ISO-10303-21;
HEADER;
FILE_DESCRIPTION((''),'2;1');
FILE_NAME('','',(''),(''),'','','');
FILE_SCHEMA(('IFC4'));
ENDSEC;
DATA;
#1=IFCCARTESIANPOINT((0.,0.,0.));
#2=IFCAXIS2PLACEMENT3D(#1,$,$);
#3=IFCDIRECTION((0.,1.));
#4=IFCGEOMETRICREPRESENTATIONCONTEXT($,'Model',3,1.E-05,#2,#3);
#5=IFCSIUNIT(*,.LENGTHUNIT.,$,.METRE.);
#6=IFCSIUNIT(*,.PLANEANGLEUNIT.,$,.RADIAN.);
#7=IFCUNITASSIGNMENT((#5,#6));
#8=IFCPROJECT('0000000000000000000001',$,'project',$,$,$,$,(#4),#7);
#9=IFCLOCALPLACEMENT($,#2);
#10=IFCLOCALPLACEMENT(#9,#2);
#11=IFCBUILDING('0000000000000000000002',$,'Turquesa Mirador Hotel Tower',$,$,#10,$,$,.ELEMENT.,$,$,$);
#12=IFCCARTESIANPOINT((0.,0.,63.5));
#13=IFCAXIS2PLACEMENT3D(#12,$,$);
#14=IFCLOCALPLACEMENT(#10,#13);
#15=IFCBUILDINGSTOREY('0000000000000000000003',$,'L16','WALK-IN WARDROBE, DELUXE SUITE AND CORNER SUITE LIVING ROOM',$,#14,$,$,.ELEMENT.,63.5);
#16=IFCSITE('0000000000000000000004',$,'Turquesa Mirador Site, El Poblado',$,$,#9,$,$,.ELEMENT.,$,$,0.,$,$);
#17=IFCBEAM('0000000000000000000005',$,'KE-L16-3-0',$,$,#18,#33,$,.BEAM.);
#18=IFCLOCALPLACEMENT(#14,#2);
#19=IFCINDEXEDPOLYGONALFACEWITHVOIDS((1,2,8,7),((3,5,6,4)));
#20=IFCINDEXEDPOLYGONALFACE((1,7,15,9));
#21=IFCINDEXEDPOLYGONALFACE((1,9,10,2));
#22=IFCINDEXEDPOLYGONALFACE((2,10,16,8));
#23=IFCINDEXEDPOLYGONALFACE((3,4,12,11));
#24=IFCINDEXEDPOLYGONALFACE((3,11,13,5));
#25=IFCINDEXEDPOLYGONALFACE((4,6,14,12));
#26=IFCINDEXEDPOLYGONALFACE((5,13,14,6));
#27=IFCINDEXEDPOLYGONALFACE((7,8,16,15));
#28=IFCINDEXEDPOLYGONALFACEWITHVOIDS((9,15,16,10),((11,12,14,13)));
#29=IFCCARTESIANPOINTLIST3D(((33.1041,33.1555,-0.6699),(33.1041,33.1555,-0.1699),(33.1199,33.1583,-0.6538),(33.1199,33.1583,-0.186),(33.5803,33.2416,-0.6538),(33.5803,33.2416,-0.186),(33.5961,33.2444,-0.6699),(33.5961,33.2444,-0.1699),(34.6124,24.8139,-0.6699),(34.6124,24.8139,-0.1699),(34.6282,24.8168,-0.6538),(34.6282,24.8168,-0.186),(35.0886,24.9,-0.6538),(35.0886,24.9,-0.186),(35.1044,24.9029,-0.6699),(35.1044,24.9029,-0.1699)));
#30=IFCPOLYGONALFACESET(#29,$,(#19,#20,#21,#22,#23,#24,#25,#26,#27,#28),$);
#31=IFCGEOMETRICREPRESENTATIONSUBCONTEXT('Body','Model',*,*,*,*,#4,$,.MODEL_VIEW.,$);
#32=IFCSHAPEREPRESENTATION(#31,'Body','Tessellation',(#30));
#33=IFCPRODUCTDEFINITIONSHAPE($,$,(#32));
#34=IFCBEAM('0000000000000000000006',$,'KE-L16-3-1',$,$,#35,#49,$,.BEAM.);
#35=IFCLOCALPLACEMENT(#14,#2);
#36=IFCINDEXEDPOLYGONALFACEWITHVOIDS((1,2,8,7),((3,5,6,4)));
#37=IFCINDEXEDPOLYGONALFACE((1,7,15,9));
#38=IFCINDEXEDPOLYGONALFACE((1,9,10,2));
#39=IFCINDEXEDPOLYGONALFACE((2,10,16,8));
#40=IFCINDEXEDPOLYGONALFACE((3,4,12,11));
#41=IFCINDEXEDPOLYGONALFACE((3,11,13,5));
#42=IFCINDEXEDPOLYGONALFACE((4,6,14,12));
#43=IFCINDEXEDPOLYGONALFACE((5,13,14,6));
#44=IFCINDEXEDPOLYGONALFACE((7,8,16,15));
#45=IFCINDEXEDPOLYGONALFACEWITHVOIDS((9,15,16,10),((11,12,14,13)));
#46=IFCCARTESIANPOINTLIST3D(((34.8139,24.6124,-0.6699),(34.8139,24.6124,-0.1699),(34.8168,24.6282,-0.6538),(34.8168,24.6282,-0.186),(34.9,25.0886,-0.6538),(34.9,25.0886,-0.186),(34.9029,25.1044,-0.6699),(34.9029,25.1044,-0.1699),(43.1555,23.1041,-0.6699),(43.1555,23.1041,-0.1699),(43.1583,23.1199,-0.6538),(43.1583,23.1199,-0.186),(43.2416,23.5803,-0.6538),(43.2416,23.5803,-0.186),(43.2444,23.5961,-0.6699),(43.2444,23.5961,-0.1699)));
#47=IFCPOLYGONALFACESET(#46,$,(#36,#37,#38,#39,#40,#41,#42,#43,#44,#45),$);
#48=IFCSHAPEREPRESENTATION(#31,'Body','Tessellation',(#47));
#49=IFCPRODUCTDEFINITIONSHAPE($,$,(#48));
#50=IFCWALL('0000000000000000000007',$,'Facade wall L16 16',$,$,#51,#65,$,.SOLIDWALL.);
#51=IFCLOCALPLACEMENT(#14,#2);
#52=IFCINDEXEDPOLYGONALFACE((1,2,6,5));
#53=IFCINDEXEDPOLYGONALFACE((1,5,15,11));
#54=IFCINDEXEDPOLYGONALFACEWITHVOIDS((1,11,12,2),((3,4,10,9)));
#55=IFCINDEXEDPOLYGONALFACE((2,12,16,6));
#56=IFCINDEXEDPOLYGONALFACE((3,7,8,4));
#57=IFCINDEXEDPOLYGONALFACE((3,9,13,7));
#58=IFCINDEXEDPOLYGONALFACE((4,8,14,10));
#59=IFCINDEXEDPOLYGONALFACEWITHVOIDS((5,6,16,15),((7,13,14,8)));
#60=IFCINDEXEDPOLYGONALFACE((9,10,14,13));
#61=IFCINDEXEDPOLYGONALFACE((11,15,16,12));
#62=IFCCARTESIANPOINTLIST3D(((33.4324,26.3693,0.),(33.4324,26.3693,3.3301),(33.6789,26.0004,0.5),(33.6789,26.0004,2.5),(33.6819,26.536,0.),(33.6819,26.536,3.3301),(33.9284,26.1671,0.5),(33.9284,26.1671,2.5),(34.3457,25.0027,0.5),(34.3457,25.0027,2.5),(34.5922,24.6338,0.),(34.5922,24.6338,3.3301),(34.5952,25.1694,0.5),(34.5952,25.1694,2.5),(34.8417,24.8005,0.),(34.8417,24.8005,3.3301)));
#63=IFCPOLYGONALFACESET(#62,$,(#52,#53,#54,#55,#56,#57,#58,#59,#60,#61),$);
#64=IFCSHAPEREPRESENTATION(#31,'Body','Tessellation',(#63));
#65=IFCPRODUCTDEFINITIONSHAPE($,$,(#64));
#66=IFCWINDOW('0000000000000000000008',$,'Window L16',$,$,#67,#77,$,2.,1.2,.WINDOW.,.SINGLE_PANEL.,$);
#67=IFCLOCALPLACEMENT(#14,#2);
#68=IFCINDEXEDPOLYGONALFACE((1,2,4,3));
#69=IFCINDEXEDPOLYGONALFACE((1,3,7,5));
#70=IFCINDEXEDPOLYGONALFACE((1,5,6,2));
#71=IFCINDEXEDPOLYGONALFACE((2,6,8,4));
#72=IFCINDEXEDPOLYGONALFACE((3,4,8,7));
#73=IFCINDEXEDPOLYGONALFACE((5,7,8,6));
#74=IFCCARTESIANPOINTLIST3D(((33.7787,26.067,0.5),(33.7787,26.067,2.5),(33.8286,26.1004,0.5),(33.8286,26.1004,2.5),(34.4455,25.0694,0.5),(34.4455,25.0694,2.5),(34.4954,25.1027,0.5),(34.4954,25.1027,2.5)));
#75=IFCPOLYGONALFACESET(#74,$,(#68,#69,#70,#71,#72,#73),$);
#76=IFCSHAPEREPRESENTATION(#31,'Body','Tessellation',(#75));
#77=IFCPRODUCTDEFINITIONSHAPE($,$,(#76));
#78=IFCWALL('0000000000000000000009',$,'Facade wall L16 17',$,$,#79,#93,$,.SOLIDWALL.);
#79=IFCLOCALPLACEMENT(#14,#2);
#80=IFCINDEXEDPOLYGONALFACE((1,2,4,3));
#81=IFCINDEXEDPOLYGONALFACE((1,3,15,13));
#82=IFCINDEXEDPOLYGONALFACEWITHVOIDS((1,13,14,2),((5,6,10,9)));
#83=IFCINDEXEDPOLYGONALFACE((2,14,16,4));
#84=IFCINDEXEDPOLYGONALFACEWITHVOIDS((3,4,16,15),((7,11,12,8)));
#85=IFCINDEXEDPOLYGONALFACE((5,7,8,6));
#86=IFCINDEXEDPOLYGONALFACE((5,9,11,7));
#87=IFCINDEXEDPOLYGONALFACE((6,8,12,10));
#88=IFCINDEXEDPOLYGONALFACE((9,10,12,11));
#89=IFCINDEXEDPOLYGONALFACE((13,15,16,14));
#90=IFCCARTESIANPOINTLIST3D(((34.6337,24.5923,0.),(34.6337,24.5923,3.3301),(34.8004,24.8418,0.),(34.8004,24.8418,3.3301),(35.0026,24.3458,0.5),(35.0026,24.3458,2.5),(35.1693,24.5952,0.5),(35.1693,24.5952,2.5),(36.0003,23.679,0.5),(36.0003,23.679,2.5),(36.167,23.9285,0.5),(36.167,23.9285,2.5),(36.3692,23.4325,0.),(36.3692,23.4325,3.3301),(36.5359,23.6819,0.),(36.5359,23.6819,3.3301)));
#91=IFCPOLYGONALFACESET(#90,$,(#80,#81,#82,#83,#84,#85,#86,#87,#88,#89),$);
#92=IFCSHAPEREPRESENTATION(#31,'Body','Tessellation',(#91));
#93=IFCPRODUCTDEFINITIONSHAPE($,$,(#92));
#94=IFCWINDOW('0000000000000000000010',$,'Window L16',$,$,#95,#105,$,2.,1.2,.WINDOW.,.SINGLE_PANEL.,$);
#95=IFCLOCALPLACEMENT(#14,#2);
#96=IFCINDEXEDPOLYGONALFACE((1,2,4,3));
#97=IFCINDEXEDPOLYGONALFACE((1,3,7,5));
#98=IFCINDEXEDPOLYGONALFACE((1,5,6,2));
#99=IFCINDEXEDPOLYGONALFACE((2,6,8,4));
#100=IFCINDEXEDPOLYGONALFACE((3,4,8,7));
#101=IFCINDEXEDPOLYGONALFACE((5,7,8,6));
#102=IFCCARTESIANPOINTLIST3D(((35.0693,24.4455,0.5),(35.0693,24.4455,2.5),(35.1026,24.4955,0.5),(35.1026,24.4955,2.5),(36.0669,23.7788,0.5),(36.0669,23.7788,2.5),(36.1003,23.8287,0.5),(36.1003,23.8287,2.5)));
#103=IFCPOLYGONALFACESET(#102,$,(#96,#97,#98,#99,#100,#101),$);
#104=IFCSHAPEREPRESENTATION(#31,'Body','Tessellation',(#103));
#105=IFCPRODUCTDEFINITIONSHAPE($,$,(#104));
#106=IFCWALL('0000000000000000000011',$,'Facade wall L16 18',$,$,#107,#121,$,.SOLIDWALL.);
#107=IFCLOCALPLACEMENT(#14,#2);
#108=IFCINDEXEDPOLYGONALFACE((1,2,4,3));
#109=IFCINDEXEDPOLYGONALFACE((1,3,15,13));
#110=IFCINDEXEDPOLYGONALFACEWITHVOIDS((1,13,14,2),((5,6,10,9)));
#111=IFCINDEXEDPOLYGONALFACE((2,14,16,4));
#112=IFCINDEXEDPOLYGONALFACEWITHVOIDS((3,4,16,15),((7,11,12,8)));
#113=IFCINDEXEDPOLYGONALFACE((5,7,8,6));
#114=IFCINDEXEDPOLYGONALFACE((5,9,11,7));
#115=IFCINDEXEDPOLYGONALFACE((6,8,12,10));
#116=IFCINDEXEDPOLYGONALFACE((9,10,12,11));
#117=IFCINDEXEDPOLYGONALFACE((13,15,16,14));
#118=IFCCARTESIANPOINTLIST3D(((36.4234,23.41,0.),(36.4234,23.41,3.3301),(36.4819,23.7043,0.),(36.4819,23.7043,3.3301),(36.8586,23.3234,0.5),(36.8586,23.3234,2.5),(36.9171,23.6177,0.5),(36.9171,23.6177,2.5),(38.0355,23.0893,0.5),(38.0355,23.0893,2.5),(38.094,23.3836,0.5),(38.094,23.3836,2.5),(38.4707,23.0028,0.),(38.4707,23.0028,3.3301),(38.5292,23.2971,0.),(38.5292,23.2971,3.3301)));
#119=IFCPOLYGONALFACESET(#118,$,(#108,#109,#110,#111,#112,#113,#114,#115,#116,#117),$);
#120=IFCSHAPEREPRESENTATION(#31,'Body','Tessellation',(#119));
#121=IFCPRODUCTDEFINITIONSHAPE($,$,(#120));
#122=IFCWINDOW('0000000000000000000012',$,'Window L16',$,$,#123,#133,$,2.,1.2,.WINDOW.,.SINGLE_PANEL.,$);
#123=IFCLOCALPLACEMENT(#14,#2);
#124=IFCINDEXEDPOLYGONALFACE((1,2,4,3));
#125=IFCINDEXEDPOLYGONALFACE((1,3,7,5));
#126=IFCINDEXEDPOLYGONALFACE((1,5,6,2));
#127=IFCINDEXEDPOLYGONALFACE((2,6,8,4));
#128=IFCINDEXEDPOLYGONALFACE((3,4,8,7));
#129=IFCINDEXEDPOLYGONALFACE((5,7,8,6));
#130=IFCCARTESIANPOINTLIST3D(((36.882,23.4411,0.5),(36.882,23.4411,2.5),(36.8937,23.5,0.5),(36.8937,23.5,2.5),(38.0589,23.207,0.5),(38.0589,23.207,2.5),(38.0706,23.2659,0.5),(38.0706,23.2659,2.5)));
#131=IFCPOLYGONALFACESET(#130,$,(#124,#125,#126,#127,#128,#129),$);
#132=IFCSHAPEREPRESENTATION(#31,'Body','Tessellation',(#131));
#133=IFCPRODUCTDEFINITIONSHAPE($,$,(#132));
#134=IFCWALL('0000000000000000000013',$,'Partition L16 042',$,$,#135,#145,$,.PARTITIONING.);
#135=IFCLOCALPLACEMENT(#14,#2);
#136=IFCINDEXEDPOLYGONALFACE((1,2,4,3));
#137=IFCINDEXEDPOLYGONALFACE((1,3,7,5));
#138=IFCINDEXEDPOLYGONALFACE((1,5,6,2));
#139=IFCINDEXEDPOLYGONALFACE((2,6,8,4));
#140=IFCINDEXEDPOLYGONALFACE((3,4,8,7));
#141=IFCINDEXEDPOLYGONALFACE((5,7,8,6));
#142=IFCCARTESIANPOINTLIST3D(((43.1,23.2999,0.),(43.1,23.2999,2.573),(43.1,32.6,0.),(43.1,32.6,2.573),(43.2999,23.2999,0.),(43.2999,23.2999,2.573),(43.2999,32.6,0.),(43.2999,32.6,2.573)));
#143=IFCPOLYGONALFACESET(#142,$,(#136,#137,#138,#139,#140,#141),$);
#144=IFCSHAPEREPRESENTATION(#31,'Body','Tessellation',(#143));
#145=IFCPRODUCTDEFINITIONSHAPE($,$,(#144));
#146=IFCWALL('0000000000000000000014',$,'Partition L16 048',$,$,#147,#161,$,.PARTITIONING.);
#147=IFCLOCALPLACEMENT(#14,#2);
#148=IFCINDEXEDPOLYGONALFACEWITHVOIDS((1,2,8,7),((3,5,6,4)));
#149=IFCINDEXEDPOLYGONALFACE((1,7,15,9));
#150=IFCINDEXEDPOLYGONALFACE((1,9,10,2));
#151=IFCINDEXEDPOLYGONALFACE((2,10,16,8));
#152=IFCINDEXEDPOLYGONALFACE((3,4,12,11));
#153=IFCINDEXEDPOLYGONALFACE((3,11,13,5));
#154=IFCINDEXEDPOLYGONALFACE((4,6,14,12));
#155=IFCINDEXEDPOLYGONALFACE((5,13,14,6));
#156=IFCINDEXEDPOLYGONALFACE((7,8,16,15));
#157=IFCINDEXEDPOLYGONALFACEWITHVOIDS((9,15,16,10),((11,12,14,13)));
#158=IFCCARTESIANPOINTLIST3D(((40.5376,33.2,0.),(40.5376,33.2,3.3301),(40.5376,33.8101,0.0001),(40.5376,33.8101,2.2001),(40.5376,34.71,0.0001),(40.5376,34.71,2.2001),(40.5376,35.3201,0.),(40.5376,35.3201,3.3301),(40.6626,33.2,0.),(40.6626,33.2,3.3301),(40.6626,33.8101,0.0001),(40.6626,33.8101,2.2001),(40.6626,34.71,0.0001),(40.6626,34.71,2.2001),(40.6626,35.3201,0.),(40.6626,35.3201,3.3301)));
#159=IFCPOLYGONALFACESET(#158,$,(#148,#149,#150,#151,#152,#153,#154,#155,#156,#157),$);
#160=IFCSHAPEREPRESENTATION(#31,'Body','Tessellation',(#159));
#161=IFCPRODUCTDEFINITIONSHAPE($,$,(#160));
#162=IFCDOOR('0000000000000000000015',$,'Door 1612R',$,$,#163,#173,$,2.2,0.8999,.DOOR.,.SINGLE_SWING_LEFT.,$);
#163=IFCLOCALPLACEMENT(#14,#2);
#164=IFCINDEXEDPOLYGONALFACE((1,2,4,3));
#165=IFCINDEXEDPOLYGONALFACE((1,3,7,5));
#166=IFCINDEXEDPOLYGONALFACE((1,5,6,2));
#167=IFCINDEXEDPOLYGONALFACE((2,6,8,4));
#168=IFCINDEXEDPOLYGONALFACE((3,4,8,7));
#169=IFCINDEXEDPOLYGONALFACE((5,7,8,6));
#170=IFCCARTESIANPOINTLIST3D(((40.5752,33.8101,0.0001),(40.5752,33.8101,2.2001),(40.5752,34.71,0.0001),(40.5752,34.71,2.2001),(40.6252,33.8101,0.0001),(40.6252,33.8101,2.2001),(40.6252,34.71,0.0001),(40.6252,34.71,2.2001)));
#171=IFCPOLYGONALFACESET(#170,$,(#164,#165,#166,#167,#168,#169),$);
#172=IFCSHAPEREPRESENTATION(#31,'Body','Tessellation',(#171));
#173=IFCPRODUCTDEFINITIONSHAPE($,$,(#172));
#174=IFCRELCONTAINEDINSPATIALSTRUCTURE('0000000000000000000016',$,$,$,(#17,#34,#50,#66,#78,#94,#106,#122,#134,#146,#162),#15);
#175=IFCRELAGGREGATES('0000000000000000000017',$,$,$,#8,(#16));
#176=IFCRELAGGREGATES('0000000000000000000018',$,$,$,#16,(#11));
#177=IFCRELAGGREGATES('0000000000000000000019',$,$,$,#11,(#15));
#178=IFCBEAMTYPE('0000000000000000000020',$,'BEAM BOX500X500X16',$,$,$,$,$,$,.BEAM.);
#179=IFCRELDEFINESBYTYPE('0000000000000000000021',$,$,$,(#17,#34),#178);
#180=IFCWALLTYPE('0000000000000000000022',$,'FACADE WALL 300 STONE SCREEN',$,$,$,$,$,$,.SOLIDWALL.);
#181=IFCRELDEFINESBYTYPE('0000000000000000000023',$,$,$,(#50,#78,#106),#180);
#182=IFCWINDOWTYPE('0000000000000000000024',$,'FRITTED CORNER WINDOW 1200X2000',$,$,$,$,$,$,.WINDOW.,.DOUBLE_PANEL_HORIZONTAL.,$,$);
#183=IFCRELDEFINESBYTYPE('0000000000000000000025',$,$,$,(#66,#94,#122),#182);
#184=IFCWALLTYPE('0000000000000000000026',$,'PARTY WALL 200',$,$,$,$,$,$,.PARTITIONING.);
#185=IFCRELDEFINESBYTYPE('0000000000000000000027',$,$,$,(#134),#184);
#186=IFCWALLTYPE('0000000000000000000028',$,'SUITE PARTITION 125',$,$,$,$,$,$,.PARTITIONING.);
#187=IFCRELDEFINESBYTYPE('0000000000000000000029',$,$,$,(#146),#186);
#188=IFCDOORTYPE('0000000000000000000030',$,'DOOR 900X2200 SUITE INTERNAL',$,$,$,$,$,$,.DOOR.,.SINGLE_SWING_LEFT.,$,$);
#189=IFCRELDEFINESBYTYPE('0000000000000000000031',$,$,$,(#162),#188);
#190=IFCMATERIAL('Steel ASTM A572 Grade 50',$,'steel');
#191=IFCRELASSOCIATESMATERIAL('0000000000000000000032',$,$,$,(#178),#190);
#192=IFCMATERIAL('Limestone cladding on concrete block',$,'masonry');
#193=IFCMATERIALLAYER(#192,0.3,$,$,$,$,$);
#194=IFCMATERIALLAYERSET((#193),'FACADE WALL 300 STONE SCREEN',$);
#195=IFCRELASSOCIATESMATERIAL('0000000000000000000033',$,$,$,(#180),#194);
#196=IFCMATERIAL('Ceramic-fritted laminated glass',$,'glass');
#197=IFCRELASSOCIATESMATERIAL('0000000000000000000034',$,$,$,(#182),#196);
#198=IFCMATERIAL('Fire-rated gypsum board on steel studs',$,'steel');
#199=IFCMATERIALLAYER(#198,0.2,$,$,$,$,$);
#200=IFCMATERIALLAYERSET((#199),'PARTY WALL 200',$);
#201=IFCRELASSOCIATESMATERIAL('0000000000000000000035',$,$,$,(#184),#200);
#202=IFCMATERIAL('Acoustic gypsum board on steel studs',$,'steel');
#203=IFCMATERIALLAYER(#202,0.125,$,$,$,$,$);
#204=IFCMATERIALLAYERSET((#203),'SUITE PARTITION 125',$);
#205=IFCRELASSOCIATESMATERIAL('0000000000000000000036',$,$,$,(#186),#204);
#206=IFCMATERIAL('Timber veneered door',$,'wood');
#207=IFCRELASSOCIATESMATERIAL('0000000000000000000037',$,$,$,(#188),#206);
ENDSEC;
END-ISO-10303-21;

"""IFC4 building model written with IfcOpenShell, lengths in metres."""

from ifc_helpers import new_model, si_unit, direction, frame, frame_2d, origin, origin_2d, place, context, subcontext, project, spatial, rectangle, hollow_rectangle, extrude, material, layer, layer_set, material_profile, profile_set, type_object, element, fill, save


model = new_model("IFC4")

# Units and contexts
model_context = context("Model", 3, precision=1e-05, world=origin(), true_north=direction((0.0, 1.0)))
body_context = subcontext(model_context, "Body", "Model", "MODEL_VIEW")
ifc_project = project(units=[si_unit("LENGTHUNIT", "METRE"), si_unit("PLANEANGLEUNIT", "RADIAN")], contexts=[model_context])

# Site, building, storey
site_placement = place(None, origin())
site = spatial("IfcSite", under=ifc_project, at=site_placement, Name="Turquesa Mirador Site, El Poblado", CompositionType="ELEMENT", RefElevation=0.0)
building_placement = place(site_placement, origin())
building = spatial("IfcBuilding", under=site, at=building_placement, Name="Turquesa Mirador Hotel Tower", CompositionType="ELEMENT")
storey_placement = place(building_placement, frame((0.0, 0.0, 63.5)))
storey = spatial("IfcBuildingStorey", under=building, at=storey_placement, Name="L16", Description="WALK-IN WARDROBE, DELUXE SUITE AND CORNER SUITE LIVING ROOM", CompositionType="ELEMENT", Elevation=63.5)

# Beams
ifc_material_1 = material(Name="Steel ASTM A572 Grade 50", Category="steel")
ifc_material_profile = material_profile(ifc_material_1, hollow_rectangle(XDim=0.5, YDim=0.5, WallThickness=0.0161, at=origin_2d()), Name="BOX500X500X16")
ifc_profile_set = profile_set([ifc_material_profile], Name="Steel ASTM A572 Grade 50")
beam_type = type_object("IfcBeamType", Name="BEAM BOX500X500X16", PredefinedType="BEAM", material=ifc_profile_set)
for number, where, z_axis, x_axis, name in (
    (1, (33.3501, 33.2, -0.4199), (0.177932, -0.984043, 0.0), (0.984043, 0.177932, 0.0), "KE-L16-3-0"),
    (2, (34.8584, 24.8584, -0.4199), (0.984043, -0.177932, 0.0), (0.177932, 0.984043, 0.0), "KE-L16-3-1"),
):
    element("IfcBeam", number, at=place(storey_placement, frame(where, z_axis=z_axis, x_axis=x_axis)), inside=storey, type_object=beam_type, Name=name, PredefinedType="BEAM", context=body_context, shape_type="SweptSolid", body=[
        extrude(hollow_rectangle(XDim=0.5, YDim=0.5, WallThickness=0.0161, at=origin_2d()), origin(), (0.0, 0.0, 1.0), 8.4768),
    ])

# Walls, openings, windows
ifc_material_2 = material(Name="Limestone cladding on concrete block", Category="masonry")
ifc_layer_1 = layer(ifc_material_2, 0.3)
ifc_layer_set_1 = layer_set([ifc_layer_1], Name="FACADE WALL 300 STONE SCREEN")
wall_type_1 = type_object("IfcWallType", Name="FACADE WALL 300 STONE SCREEN", PredefinedType="SOLIDWALL", material=ifc_layer_set_1)
wall_1_placement = place(storey_placement, frame((33.5571, 26.4526, 0.0), z_axis=(0.0, 0.0, 1.0), x_axis=(0.555644, -0.83142, 0.0)))
wall_1 = element("IfcWall", 3, at=wall_1_placement, inside=storey, type_object=wall_type_1, Name="Facade wall L16 16", PredefinedType="SOLIDWALL", context=body_context, shape_type="SweptSolid", body=[
    extrude(rectangle(XDim=2.0874, YDim=0.3, at=frame_2d((1.0437, 0.0))), origin(), (0.0, 0.0, 1.0), 3.3301),
])
opening_1_placement = place(wall_1_placement, frame((0.4436, 0.0, 0.5)))
opening_1 = element("IfcOpeningElement", 4, at=opening_1_placement, cuts=wall_1, PredefinedType="OPENING", context=body_context, shape_type="SweptSolid", body=[
    extrude(rectangle(XDim=1.2, YDim=2.0, at=frame_2d((0.6001, 1.0))), frame((0.0, 0.1599, 0.0), z_axis=(0.0, -1.0, 0.0), x_axis=(1.0, 0.0, 0.0)), (0.0, 0.0, 1.0), 0.3201),
])
ifc_material_3 = material(Name="Ceramic-fritted laminated glass", Category="glass")
window_type_1 = type_object("IfcWindowType", Name="FRITTED CORNER WINDOW 1200X2000", PartitioningType="DOUBLE_PANEL_HORIZONTAL", PredefinedType="WINDOW", material=ifc_material_3)
window_1_placement = place(opening_1_placement, origin())
window_1 = element("IfcWindow", 5, at=window_1_placement, inside=storey, type_object=window_type_1, Name="Window L16", OverallHeight=2.0, OverallWidth=1.2, PartitioningType="SINGLE_PANEL", PredefinedType="WINDOW", context=body_context, shape_type="SweptSolid", body=[
    extrude(rectangle(XDim=1.2, YDim=2.0, at=frame_2d((0.6001, 1.0))), frame((0.0, 0.03, 0.0), z_axis=(0.0, -1.0, 0.0), x_axis=(1.0, 0.0, 0.0)), (0.0, 0.0, 1.0), 0.0601),
])
fill(opening_1, window_1)
wall_2_placement = place(storey_placement, frame((34.717, 24.717, 0.0), z_axis=(0.0, 0.0, 1.0), x_axis=(0.83142, -0.555644, 0.0)))
wall_2 = element("IfcWall", 6, at=wall_2_placement, inside=storey, type_object=wall_type_1, Name="Facade wall L16 17", PredefinedType="SOLIDWALL", context=body_context, shape_type="SweptSolid", body=[
    extrude(rectangle(XDim=2.0874, YDim=0.3, at=frame_2d((1.0437, 0.0))), origin(), (0.0, 0.0, 1.0), 3.3301),
])
opening_2_placement = place(wall_2_placement, frame((0.4436, 0.0, 0.5)))
opening_2 = element("IfcOpeningElement", 7, at=opening_2_placement, cuts=wall_2, PredefinedType="OPENING", context=body_context, shape_type="SweptSolid", body=[
    extrude(rectangle(XDim=1.2, YDim=2.0, at=frame_2d((0.6001, 1.0))), frame((0.0, 0.1599, 0.0), z_axis=(0.0, -1.0, 0.0), x_axis=(1.0, 0.0, 0.0)), (0.0, 0.0, 1.0), 0.3201),
])
window_2_placement = place(opening_2_placement, origin())
window_2 = element("IfcWindow", 8, at=window_2_placement, inside=storey, type_object=window_type_1, Name="Window L16", OverallHeight=2.0, OverallWidth=1.2, PartitioningType="SINGLE_PANEL", PredefinedType="WINDOW", context=body_context, shape_type="SweptSolid", body=[
    extrude(rectangle(XDim=1.2, YDim=2.0, at=frame_2d((0.6001, 1.0))), frame((0.0, 0.03, 0.0), z_axis=(0.0, -1.0, 0.0), x_axis=(1.0, 0.0, 0.0)), (0.0, 0.0, 1.0), 0.0601),
])
fill(opening_2, window_2)
wall_3_placement = place(storey_placement, frame((36.4526, 23.5571, 0.0), z_axis=(0.0, 0.0, 1.0), x_axis=(0.980787, -0.195081, 0.0)))
wall_3 = element("IfcWall", 9, at=wall_3_placement, inside=storey, type_object=wall_type_1, Name="Facade wall L16 18", PredefinedType="SOLIDWALL", context=body_context, shape_type="SweptSolid", body=[
    extrude(rectangle(XDim=2.0874, YDim=0.3, at=frame_2d((1.0437, 0.0))), origin(), (0.0, 0.0, 1.0), 3.3301),
])
opening_3_placement = place(wall_3_placement, frame((0.4436, 0.0, 0.5)))
opening_3 = element("IfcOpeningElement", 10, at=opening_3_placement, cuts=wall_3, PredefinedType="OPENING", context=body_context, shape_type="SweptSolid", body=[
    extrude(rectangle(XDim=1.2, YDim=2.0, at=frame_2d((0.6001, 1.0))), frame((0.0, 0.1599, 0.0), z_axis=(0.0, -1.0, 0.0), x_axis=(1.0, 0.0, 0.0)), (0.0, 0.0, 1.0), 0.3201),
])
window_3_placement = place(opening_3_placement, origin())
window_3 = element("IfcWindow", 11, at=window_3_placement, inside=storey, type_object=window_type_1, Name="Window L16", OverallHeight=2.0, OverallWidth=1.2, PartitioningType="SINGLE_PANEL", PredefinedType="WINDOW", context=body_context, shape_type="SweptSolid", body=[
    extrude(rectangle(XDim=1.2, YDim=2.0, at=frame_2d((0.6001, 1.0))), frame((0.0, 0.03, 0.0), z_axis=(0.0, -1.0, 0.0), x_axis=(1.0, 0.0, 0.0)), (0.0, 0.0, 1.0), 0.0601),
])
fill(opening_3, window_3)

# Wall
ifc_material_4 = material(Name="Fire-rated gypsum board on steel studs", Category="steel")
ifc_layer_2 = layer(ifc_material_4, 0.2)
ifc_layer_set_2 = layer_set([ifc_layer_2], Name="PARTY WALL 200")
wall_type_2 = type_object("IfcWallType", Name="PARTY WALL 200", PredefinedType="PARTITIONING", material=ifc_layer_set_2)
wall_4_placement = place(storey_placement, frame((43.2, 23.3, 0.0), z_axis=(0.0, 0.0, 1.0), x_axis=(0.0, 1.0, 0.0)))
element("IfcWall", 12, at=wall_4_placement, inside=storey, type_object=wall_type_2, Name="Partition L16 042", PredefinedType="PARTITIONING", context=body_context, shape_type="SweptSolid", body=[
    extrude(rectangle(XDim=9.3, YDim=0.2, at=frame_2d((4.6499, 0.0))), origin(), (0.0, 0.0, 1.0), 2.573),
])

# Wall, opening, door
ifc_material_5 = material(Name="Acoustic gypsum board on steel studs", Category="steel")
ifc_layer_3 = layer(ifc_material_5, 0.125)
ifc_layer_set_3 = layer_set([ifc_layer_3], Name="SUITE PARTITION 125")
wall_type_3 = type_object("IfcWallType", Name="SUITE PARTITION 125", PredefinedType="PARTITIONING", material=ifc_layer_set_3)
wall_5_placement = place(storey_placement, frame((40.6001, 33.2, 0.0), z_axis=(0.0, 0.0, 1.0), x_axis=(0.0, 1.0, 0.0)))
wall_5 = element("IfcWall", 13, at=wall_5_placement, inside=storey, type_object=wall_type_3, Name="Partition L16 048", PredefinedType="PARTITIONING", context=body_context, shape_type="SweptSolid", body=[
    extrude(rectangle(XDim=2.1201, YDim=0.125, at=frame_2d((1.0601, 0.0))), origin(), (0.0, 0.0, 1.0), 3.3301),
])
opening_4_placement = place(wall_5_placement, frame((0.6101, 0.0, 0.0)))
opening_4 = element("IfcOpeningElement", 14, at=opening_4_placement, cuts=wall_5, PredefinedType="OPENING", context=body_context, shape_type="SweptSolid", body=[
    extrude(rectangle(XDim=0.8999, YDim=2.2, at=frame_2d((0.45, 1.1001))), frame((0.0, 0.0725, 0.0), z_axis=(0.0, -1.0, 0.0), x_axis=(1.0, 0.0, 0.0)), (0.0, 0.0, 1.0), 0.145),
])
ifc_material_6 = material(Name="Timber veneered door", Category="wood")
door_type = type_object("IfcDoorType", Name="DOOR 900X2200 SUITE INTERNAL", OperationType="SINGLE_SWING_LEFT", PredefinedType="DOOR", material=ifc_material_6)
door_placement = place(opening_4_placement, origin())
door = element("IfcDoor", 15, at=door_placement, inside=storey, type_object=door_type, Name="Door 1612R", OperationType="SINGLE_SWING_LEFT", OverallHeight=2.2, OverallWidth=0.8999, PredefinedType="DOOR", context=body_context, shape_type="SweptSolid", body=[
    extrude(rectangle(XDim=0.8999, YDim=2.2, at=frame_2d((0.45, 1.1001))), frame((0.0, 0.0249, 0.0), z_axis=(0.0, -1.0, 0.0), x_axis=(1.0, 0.0, 0.0)), (0.0, 0.0, 1.0), 0.05),
])
fill(opening_4, door)

save(model, "model.ifc")
